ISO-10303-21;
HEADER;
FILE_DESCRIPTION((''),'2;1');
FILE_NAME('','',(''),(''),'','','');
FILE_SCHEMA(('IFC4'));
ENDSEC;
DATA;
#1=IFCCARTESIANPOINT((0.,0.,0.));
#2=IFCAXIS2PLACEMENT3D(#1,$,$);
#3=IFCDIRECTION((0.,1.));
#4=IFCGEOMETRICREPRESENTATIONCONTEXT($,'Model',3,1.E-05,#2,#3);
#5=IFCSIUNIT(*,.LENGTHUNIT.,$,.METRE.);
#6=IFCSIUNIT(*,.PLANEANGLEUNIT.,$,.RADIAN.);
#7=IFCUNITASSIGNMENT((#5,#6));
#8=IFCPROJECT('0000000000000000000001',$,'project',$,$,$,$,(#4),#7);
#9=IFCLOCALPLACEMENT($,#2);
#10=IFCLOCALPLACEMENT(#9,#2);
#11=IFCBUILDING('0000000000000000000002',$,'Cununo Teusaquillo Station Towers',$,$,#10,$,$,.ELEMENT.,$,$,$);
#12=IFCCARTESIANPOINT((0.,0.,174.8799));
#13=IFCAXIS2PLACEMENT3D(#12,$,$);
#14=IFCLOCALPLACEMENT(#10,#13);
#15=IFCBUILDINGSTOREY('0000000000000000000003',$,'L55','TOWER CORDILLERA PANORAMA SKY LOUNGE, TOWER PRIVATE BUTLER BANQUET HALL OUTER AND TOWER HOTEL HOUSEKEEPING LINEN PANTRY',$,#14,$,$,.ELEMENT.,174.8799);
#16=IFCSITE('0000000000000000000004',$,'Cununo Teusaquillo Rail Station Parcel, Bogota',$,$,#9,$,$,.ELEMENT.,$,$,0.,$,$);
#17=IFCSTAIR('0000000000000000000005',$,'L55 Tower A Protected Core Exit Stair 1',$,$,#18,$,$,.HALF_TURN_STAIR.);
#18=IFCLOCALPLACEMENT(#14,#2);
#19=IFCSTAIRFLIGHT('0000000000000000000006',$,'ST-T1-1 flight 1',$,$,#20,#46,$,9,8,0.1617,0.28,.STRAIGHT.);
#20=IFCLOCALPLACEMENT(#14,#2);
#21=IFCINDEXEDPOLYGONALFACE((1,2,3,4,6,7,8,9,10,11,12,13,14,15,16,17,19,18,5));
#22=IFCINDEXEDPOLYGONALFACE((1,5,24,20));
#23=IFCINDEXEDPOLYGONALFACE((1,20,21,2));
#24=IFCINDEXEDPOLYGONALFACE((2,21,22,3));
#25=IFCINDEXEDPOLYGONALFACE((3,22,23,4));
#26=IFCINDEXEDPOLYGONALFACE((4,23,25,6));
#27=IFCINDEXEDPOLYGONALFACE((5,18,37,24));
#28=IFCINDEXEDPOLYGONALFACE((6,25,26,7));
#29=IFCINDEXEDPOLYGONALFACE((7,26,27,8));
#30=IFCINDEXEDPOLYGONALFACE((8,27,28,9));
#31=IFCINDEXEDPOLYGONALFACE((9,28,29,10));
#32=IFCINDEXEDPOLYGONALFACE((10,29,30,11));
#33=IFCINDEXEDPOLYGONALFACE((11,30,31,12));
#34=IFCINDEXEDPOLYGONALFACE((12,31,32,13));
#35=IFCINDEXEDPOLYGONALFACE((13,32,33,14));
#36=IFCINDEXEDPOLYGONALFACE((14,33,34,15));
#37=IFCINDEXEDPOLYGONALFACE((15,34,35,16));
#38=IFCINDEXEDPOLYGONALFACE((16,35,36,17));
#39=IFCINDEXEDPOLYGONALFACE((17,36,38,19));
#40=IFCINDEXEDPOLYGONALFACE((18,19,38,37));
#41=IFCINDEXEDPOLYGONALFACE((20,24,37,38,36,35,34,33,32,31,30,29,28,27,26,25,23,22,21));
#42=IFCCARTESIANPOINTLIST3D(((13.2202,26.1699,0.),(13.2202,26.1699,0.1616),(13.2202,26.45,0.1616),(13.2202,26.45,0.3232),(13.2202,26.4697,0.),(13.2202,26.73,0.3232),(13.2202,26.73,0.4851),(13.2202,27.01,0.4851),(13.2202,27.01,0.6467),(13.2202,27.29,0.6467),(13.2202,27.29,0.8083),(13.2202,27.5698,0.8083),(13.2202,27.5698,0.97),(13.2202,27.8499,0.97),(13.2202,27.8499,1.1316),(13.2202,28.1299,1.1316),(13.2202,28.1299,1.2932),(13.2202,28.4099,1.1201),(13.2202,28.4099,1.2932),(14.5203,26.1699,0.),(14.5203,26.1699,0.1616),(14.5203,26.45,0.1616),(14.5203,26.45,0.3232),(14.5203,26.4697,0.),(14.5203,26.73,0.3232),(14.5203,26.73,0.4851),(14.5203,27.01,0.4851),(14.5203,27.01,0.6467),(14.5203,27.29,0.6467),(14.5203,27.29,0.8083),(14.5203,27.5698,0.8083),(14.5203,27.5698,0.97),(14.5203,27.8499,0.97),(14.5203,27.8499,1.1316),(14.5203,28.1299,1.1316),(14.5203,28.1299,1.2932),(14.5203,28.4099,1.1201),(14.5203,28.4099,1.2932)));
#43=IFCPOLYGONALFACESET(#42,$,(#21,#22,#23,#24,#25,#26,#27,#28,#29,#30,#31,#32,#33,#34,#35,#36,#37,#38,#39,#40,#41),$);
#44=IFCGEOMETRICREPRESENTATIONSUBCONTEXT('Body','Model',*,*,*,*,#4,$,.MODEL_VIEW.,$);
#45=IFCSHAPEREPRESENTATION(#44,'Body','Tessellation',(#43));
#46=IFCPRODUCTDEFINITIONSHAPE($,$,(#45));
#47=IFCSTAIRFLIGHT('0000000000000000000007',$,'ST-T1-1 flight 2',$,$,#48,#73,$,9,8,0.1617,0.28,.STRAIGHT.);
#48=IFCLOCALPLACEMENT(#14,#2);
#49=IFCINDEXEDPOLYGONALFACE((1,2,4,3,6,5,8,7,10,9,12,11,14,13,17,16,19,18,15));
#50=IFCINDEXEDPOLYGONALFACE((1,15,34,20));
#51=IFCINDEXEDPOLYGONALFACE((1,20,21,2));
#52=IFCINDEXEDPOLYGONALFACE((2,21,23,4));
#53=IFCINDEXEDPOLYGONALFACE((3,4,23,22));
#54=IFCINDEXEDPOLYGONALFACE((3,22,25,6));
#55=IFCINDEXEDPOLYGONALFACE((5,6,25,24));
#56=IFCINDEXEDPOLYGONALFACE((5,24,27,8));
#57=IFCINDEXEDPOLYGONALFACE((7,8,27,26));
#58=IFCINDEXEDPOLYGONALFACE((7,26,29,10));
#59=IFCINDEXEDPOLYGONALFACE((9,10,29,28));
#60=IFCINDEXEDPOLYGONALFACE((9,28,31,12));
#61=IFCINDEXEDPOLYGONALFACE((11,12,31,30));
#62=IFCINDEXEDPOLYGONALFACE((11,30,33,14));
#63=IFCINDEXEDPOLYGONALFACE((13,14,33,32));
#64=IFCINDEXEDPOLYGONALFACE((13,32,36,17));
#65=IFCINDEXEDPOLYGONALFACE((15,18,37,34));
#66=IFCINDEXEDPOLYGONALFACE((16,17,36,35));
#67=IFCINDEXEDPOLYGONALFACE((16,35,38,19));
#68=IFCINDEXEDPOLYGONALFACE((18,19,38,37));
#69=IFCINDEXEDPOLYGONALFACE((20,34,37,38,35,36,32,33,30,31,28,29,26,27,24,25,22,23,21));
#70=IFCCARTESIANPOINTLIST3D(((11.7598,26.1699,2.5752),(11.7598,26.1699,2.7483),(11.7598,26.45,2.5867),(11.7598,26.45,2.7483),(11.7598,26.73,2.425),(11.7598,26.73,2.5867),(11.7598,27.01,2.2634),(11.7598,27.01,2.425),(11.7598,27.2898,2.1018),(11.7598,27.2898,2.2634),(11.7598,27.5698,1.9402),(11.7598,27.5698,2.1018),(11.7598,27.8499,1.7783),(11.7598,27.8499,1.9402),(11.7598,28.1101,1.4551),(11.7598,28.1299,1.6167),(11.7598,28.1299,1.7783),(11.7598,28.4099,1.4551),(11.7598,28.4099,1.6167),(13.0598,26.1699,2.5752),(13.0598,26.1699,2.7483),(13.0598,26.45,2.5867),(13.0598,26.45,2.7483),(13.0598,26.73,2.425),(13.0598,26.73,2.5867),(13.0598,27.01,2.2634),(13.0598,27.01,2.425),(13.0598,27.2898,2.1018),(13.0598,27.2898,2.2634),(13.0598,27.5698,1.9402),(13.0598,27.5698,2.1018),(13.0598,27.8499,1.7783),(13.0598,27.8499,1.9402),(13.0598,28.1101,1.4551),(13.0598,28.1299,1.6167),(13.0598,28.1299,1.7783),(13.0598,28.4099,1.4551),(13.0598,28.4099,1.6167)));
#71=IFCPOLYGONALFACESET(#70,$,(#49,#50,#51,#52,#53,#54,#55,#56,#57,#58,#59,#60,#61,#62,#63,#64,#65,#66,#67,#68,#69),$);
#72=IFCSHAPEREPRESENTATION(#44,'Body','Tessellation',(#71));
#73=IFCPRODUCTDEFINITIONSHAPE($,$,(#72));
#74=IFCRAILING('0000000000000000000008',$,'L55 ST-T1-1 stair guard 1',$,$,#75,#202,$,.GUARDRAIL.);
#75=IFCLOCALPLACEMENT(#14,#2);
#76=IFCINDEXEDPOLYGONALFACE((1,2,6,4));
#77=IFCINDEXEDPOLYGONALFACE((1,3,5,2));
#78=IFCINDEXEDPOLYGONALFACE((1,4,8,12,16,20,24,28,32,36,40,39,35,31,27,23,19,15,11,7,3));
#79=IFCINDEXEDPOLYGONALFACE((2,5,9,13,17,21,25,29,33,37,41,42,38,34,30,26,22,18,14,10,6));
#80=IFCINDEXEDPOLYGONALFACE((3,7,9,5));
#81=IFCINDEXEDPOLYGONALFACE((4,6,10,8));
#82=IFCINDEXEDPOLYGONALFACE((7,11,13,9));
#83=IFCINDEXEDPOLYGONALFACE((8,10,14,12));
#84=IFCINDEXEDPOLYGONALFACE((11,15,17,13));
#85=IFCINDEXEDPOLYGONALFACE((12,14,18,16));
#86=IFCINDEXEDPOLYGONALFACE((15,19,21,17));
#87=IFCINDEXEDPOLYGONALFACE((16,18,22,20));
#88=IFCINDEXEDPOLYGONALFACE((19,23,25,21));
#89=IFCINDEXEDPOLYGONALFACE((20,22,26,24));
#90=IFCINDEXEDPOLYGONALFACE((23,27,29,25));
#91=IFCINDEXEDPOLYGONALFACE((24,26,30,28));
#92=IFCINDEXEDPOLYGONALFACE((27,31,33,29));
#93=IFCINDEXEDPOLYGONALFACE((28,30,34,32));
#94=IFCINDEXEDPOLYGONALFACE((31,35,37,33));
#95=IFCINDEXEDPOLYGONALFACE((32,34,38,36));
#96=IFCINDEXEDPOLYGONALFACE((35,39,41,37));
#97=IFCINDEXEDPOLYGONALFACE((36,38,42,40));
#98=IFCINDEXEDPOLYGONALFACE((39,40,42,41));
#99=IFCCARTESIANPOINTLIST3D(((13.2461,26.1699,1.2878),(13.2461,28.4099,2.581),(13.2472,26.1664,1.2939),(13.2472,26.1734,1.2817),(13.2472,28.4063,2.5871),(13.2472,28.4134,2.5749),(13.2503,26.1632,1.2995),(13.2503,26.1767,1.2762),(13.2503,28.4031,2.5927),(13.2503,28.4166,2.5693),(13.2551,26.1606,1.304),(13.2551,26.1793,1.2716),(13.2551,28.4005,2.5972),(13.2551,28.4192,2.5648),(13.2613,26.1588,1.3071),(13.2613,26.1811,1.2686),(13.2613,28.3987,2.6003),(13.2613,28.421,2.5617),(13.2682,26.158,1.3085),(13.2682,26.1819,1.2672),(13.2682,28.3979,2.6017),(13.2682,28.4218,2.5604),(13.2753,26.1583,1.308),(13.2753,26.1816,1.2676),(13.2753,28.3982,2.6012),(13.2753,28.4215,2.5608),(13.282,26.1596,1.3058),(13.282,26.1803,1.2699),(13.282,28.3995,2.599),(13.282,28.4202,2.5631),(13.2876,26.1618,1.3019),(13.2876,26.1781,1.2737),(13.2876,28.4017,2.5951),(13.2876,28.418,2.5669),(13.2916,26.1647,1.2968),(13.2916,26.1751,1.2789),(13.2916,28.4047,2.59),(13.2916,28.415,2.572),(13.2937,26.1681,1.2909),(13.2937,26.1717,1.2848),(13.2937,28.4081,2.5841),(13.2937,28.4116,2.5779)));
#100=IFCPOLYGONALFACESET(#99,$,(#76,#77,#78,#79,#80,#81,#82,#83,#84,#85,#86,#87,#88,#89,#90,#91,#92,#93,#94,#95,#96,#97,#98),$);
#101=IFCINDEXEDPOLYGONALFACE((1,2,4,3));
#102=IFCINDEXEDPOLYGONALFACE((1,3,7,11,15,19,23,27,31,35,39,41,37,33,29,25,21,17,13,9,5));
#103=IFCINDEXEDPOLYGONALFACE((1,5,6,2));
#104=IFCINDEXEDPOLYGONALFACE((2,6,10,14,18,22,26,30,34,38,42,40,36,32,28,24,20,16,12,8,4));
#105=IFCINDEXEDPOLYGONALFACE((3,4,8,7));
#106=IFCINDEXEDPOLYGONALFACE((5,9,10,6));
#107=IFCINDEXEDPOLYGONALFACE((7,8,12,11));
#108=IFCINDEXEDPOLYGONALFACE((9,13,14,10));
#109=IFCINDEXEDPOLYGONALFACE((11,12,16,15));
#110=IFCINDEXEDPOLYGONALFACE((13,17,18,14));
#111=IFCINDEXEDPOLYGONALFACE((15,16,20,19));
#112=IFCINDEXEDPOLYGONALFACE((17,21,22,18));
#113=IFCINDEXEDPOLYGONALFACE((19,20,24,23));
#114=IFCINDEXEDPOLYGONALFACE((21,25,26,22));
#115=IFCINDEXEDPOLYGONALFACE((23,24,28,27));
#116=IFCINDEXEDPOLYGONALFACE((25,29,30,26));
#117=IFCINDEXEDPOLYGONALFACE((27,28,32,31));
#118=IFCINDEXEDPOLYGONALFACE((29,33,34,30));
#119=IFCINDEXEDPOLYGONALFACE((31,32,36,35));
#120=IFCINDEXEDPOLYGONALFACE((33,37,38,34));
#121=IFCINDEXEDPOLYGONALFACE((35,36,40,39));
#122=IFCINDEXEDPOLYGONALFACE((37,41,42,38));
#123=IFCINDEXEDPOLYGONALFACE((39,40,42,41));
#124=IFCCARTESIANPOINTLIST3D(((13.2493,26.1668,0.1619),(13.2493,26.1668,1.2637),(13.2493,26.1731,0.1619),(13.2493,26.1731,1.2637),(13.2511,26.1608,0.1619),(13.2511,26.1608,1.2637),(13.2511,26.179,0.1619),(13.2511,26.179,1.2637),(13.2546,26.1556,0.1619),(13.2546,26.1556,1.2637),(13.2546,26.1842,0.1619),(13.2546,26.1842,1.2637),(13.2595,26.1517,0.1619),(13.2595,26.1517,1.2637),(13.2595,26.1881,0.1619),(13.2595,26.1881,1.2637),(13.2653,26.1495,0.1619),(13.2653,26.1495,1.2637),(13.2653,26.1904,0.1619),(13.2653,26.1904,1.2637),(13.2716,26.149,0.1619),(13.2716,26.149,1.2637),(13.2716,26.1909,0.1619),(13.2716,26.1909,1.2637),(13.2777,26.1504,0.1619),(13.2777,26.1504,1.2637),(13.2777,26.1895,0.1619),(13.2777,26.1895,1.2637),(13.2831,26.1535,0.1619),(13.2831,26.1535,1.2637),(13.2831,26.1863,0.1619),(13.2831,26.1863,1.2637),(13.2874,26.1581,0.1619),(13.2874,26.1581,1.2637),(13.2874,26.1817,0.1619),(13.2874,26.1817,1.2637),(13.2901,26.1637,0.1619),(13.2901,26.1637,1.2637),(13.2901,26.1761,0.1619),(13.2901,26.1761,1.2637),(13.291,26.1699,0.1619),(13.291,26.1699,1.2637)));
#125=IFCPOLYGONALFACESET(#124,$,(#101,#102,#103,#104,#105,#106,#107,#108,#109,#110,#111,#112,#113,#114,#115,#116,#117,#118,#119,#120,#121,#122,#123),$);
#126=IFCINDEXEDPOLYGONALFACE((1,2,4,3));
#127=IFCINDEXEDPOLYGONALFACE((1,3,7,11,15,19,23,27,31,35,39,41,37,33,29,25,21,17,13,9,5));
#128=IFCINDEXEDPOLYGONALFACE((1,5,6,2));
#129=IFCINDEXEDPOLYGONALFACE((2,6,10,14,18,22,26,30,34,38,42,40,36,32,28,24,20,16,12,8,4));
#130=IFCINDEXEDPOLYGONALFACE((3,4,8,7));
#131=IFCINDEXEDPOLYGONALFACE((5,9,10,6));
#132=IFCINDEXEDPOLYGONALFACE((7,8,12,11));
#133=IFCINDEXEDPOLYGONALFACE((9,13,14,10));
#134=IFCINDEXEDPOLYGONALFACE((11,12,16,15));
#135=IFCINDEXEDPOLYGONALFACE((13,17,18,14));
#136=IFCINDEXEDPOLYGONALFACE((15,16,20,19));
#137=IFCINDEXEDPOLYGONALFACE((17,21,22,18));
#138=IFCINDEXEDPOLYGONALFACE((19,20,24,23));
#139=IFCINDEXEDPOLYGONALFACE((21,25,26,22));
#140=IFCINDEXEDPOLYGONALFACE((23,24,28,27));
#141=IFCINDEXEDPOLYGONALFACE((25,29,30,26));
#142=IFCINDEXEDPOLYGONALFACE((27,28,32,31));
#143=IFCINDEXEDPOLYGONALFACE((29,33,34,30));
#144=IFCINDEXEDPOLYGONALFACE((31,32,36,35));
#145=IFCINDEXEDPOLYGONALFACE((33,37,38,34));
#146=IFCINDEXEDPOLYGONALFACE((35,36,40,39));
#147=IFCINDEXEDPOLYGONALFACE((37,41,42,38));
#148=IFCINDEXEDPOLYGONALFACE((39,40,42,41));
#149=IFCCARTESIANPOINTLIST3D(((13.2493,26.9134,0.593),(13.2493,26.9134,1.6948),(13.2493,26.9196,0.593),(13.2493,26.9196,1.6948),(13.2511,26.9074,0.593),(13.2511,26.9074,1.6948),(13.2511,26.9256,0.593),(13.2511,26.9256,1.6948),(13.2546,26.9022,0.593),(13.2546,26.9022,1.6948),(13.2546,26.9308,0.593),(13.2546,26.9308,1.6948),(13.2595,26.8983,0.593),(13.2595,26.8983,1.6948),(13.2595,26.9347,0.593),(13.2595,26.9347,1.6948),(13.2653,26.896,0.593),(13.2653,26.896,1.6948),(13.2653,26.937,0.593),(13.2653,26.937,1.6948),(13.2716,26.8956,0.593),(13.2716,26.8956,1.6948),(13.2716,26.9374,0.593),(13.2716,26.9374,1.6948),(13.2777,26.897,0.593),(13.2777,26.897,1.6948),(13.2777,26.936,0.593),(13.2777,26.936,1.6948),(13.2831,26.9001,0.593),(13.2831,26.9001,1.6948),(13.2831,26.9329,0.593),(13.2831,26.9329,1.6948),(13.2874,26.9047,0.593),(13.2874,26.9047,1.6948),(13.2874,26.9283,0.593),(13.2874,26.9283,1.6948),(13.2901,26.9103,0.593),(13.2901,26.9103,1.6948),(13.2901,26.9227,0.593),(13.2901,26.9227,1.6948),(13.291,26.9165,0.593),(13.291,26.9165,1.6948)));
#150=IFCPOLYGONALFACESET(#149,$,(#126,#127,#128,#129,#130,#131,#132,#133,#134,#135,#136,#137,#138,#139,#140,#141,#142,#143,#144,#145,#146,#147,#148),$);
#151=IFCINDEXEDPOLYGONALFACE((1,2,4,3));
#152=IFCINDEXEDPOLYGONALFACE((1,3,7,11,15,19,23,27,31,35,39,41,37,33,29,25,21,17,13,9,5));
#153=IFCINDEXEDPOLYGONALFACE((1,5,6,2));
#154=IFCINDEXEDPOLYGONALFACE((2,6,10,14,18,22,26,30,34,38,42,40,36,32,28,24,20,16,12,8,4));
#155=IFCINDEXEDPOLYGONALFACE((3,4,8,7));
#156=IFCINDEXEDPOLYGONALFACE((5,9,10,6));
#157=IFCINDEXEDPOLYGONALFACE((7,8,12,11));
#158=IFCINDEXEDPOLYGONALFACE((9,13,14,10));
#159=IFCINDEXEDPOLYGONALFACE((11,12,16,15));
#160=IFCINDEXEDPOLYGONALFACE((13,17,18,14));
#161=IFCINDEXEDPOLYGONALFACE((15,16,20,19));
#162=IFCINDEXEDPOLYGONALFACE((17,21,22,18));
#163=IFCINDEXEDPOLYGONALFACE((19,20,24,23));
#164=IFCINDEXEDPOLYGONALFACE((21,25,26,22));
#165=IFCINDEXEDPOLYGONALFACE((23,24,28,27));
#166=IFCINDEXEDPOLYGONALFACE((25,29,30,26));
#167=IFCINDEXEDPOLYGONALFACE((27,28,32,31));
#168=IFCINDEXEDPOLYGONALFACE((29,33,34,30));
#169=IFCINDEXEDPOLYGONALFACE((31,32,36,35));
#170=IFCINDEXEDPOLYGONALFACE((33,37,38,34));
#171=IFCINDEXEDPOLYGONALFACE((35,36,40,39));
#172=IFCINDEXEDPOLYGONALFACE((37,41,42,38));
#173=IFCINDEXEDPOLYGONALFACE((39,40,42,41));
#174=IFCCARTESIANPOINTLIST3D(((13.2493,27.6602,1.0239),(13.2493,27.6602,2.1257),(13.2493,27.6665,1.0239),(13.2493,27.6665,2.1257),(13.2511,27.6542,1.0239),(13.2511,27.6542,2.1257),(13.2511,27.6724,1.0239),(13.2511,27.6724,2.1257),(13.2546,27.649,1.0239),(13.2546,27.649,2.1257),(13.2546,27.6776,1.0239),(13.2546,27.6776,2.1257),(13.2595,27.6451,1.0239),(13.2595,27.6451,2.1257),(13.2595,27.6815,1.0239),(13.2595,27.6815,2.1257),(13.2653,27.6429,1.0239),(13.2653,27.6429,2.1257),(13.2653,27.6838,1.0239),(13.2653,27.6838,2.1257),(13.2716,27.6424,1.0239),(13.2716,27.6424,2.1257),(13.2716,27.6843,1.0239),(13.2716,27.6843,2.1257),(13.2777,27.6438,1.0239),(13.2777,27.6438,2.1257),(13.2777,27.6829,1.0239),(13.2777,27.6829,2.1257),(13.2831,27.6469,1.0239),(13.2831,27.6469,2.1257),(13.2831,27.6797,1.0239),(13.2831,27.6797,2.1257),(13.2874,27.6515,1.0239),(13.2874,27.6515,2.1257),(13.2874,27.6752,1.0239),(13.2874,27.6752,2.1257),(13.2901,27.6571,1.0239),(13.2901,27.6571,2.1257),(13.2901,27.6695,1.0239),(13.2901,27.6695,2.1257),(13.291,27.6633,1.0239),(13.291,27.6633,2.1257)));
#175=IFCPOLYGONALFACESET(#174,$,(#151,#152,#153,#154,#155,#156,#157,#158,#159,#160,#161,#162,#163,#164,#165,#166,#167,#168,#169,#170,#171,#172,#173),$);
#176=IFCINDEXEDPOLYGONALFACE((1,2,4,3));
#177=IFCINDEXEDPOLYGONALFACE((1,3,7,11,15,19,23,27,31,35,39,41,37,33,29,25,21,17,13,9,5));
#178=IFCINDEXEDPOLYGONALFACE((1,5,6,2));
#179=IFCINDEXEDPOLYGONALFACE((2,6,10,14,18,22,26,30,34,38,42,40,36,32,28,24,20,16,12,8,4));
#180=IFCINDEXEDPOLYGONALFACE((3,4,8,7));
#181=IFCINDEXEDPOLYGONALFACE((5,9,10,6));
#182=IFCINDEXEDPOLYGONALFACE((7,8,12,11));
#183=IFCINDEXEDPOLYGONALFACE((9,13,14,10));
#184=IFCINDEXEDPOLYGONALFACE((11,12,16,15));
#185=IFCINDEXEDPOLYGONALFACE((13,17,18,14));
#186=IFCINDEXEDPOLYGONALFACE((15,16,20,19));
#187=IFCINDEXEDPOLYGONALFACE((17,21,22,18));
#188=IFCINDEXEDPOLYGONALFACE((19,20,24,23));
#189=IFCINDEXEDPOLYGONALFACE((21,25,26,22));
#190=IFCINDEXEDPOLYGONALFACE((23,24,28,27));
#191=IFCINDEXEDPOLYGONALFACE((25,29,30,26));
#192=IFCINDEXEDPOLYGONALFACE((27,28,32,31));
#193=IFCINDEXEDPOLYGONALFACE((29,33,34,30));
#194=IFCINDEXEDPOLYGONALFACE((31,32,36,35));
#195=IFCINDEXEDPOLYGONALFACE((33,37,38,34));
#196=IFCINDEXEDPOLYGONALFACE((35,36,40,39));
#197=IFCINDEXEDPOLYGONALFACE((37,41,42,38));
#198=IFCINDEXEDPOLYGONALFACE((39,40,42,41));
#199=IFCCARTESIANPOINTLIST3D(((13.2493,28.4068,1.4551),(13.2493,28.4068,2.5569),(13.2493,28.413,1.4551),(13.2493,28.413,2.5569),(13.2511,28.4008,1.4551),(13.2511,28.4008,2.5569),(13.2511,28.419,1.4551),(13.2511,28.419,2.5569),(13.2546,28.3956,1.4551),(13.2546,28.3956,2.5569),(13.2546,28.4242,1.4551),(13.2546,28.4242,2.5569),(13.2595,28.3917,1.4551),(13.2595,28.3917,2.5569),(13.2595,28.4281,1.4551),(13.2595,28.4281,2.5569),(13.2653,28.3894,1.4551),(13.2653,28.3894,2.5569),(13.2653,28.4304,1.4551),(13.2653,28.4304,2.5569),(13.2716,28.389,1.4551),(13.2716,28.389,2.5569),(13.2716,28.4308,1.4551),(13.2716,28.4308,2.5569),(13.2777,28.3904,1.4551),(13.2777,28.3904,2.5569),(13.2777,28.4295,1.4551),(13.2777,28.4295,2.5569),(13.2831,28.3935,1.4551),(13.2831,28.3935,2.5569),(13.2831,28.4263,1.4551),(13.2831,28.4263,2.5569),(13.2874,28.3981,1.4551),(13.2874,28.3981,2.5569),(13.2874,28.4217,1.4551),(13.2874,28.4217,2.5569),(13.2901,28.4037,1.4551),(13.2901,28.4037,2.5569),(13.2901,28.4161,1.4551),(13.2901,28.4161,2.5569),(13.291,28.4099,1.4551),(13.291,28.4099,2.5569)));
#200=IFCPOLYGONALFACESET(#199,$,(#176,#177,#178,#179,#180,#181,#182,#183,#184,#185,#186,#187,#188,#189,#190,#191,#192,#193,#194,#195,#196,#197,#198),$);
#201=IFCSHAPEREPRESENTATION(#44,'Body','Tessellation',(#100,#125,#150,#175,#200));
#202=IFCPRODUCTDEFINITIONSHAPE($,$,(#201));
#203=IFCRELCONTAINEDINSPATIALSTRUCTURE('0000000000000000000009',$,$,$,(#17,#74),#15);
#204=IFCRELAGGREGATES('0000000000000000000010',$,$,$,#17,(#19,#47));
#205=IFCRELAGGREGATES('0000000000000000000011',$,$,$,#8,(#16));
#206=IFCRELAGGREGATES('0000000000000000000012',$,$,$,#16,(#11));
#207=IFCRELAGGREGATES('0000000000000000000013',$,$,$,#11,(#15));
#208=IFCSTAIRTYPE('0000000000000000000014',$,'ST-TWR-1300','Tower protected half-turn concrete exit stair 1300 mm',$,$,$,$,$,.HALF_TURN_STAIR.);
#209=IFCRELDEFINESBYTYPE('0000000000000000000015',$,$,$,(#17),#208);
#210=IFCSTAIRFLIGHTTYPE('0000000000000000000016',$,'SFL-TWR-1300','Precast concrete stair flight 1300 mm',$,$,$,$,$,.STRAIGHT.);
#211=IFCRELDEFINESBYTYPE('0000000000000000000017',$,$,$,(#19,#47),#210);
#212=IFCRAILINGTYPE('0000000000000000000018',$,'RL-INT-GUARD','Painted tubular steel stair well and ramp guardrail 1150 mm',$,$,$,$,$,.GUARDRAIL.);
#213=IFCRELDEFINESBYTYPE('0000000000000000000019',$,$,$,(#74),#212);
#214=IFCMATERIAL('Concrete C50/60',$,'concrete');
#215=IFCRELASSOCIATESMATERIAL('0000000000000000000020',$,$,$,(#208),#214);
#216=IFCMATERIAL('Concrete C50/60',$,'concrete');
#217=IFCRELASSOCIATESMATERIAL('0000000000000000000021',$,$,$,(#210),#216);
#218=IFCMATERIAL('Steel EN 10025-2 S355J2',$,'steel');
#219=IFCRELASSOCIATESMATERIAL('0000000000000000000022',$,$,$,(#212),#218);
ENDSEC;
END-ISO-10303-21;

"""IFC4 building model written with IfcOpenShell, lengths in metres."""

from ifc_helpers import new_model, si_unit, direction, frame, origin, origin_2d, place, context, subcontext, project, spatial, polyline, circle, outline, extrude, material, type_object, element, aggregate, save


model = new_model("IFC4")

# Units and contexts
model_context = context("Model", 3, precision=1e-05, world=origin(), true_north=direction((0.0, 1.0)))
body_context = subcontext(model_context, "Body", "Model", "MODEL_VIEW")
ifc_project = project(units=[si_unit("LENGTHUNIT", "METRE"), si_unit("PLANEANGLEUNIT", "RADIAN")], contexts=[model_context])

# Site, building, storey
site_placement = place(None, origin())
site = spatial("IfcSite", under=ifc_project, at=site_placement, Name="Cununo Teusaquillo Rail Station Parcel, Bogota", CompositionType="ELEMENT", RefElevation=0.0)
building_placement = place(site_placement, origin())
building = spatial("IfcBuilding", under=site, at=building_placement, Name="Cununo Teusaquillo Station Towers", CompositionType="ELEMENT")
storey_placement = place(building_placement, frame((0.0, 0.0, 174.8799)))
storey = spatial("IfcBuildingStorey", under=building, at=storey_placement, Name="L55", Description="TOWER CORDILLERA PANORAMA SKY LOUNGE, TOWER PRIVATE BUTLER BANQUET HALL OUTER AND TOWER HOTEL HOUSEKEEPING LINEN PANTRY", CompositionType="ELEMENT", Elevation=174.8799)

# Stair, stair flights
ifc_material_1 = material(Name="Concrete C50/60", Category="concrete")
stair_type = type_object("IfcStairType", Name="ST-TWR-1300", Description="Tower protected half-turn concrete exit stair 1300 mm", PredefinedType="HALF_TURN_STAIR", material=ifc_material_1)
stair_placement = place(storey_placement, origin())
stair = element("IfcStair", 1, at=stair_placement, inside=storey, type_object=stair_type, Name="L55 Tower A Protected Core Exit Stair 1", PredefinedType="HALF_TURN_STAIR")
ifc_material_2 = material(Name="Concrete C50/60", Category="concrete")
stair_flight_type = type_object("IfcStairFlightType", Name="SFL-TWR-1300", Description="Precast concrete stair flight 1300 mm", PredefinedType="STRAIGHT", material=ifc_material_2)
stair_flight_1_placement = place(storey_placement, frame((13.8701, 26.1699, 0.0), z_axis=(0.0, 0.0, 1.0), x_axis=(0.0, 1.0, 0.0)))
stair_flight_1 = element("IfcStairFlight", 2, at=stair_flight_1_placement, type_object=stair_flight_type, Name="ST-T1-1 flight 1", NumberOfRisers=9, NumberOfTreads=8, PredefinedType="STRAIGHT", RiserHeight=0.1617, TreadLength=0.28, context=body_context, shape_type="SweptSolid", body=[
    extrude(outline(polyline([(0.0, 0.0), (0.0, 0.1616), (0.28, 0.1616), (0.28, 0.3232), (0.5601, 0.3232), (0.5601, 0.4851), (0.8401, 0.4851), (0.8401, 0.6467), (1.1201, 0.6467), (1.1201, 0.8083), (1.3999, 0.8083), (1.3999, 0.97), (1.6799, 0.97), (1.6799, 1.1316), (1.96, 1.1316), (1.96, 1.2932), (2.24, 1.2932), (2.24, 1.4551), (2.24, 1.1201), (0.2998, 0.0), (0.0, 0.0)])), frame((0.0, 0.6499, 0.0), z_axis=(0.0, -1.0, 0.0), x_axis=(1.0, 0.0, 0.0)), (0.0, 0.0, 1.0), 1.3),
])
stair_flight_2_placement = place(storey_placement, frame((12.4099, 28.4099, 1.4551), z_axis=(0.0, 0.0, 1.0), x_axis=(0.0, -1.0, 0.0)))
stair_flight_2 = element("IfcStairFlight", 3, at=stair_flight_2_placement, type_object=stair_flight_type, Name="ST-T1-1 flight 2", NumberOfRisers=9, NumberOfTreads=8, PredefinedType="STRAIGHT", RiserHeight=0.1617, TreadLength=0.28, context=body_context, shape_type="SweptSolid", body=[
    extrude(outline(polyline([(0.0, 0.0), (0.0, 0.1616), (0.28, 0.1616), (0.28, 0.3232), (0.5601, 0.3232), (0.5601, 0.4851), (0.8401, 0.4851), (0.8401, 0.6467), (1.1201, 0.6467), (1.1201, 0.8083), (1.3999, 0.8083), (1.3999, 0.97), (1.6799, 0.97), (1.6799, 1.1316), (1.96, 1.1316), (1.96, 1.2932), (2.24, 1.2932), (2.24, 1.4551), (2.24, 1.1201), (0.2998, 0.0), (0.0, 0.0)])), frame((0.0, 0.6499, 0.0), z_axis=(0.0, -1.0, 0.0), x_axis=(1.0, 0.0, 0.0)), (0.0, 0.0, 1.0), 1.3),
])
aggregate(stair, [stair_flight_1, stair_flight_2])

# Railing
ifc_material_3 = material(Name="Steel EN 10025-2 S355J2", Category="steel")
railing_type_1 = type_object("IfcRailingType", Name="RL-INT-GUARD", Description="Painted tubular steel stair well and ramp guardrail 1150 mm", PredefinedType="GUARDRAIL", material=ifc_material_3)
railing_1_placement = place(storey_placement, frame((13.27, 26.1699, 0.1619)))
element("IfcRailing", 4, at=railing_1_placement, inside=storey, type_object=railing_type_1, Name="L55 ST-T1-1 stair guard 1", PredefinedType="GUARDRAIL", context=body_context, shape_type="SweptSolid", body=[
    extrude(circle(Radius=0.0239, at=origin_2d()), frame((0.0, 0.0, 1.126), z_axis=(0.0, 0.866033, 0.499987), x_axis=(-1.0, 0.0, 0.0)), (0.0, 0.0, 1.0), 2.5864),
    extrude(circle(Radius=0.021, at=origin_2d()), origin(), (0.0, 0.0, 1.0), 1.1018),
    extrude(circle(Radius=0.021, at=origin_2d()), frame((0.0, 0.7466, 0.4312)), (0.0, 0.0, 1.0), 1.1018),
    extrude(circle(Radius=0.021, at=origin_2d()), frame((0.0, 1.4934, 0.8621)), (0.0, 0.0, 1.0), 1.1018),
    extrude(circle(Radius=0.021, at=origin_2d()), frame((0.0, 2.24, 1.2932)), (0.0, 0.0, 1.0), 1.1018),
])

save(model, "model.ifc")
